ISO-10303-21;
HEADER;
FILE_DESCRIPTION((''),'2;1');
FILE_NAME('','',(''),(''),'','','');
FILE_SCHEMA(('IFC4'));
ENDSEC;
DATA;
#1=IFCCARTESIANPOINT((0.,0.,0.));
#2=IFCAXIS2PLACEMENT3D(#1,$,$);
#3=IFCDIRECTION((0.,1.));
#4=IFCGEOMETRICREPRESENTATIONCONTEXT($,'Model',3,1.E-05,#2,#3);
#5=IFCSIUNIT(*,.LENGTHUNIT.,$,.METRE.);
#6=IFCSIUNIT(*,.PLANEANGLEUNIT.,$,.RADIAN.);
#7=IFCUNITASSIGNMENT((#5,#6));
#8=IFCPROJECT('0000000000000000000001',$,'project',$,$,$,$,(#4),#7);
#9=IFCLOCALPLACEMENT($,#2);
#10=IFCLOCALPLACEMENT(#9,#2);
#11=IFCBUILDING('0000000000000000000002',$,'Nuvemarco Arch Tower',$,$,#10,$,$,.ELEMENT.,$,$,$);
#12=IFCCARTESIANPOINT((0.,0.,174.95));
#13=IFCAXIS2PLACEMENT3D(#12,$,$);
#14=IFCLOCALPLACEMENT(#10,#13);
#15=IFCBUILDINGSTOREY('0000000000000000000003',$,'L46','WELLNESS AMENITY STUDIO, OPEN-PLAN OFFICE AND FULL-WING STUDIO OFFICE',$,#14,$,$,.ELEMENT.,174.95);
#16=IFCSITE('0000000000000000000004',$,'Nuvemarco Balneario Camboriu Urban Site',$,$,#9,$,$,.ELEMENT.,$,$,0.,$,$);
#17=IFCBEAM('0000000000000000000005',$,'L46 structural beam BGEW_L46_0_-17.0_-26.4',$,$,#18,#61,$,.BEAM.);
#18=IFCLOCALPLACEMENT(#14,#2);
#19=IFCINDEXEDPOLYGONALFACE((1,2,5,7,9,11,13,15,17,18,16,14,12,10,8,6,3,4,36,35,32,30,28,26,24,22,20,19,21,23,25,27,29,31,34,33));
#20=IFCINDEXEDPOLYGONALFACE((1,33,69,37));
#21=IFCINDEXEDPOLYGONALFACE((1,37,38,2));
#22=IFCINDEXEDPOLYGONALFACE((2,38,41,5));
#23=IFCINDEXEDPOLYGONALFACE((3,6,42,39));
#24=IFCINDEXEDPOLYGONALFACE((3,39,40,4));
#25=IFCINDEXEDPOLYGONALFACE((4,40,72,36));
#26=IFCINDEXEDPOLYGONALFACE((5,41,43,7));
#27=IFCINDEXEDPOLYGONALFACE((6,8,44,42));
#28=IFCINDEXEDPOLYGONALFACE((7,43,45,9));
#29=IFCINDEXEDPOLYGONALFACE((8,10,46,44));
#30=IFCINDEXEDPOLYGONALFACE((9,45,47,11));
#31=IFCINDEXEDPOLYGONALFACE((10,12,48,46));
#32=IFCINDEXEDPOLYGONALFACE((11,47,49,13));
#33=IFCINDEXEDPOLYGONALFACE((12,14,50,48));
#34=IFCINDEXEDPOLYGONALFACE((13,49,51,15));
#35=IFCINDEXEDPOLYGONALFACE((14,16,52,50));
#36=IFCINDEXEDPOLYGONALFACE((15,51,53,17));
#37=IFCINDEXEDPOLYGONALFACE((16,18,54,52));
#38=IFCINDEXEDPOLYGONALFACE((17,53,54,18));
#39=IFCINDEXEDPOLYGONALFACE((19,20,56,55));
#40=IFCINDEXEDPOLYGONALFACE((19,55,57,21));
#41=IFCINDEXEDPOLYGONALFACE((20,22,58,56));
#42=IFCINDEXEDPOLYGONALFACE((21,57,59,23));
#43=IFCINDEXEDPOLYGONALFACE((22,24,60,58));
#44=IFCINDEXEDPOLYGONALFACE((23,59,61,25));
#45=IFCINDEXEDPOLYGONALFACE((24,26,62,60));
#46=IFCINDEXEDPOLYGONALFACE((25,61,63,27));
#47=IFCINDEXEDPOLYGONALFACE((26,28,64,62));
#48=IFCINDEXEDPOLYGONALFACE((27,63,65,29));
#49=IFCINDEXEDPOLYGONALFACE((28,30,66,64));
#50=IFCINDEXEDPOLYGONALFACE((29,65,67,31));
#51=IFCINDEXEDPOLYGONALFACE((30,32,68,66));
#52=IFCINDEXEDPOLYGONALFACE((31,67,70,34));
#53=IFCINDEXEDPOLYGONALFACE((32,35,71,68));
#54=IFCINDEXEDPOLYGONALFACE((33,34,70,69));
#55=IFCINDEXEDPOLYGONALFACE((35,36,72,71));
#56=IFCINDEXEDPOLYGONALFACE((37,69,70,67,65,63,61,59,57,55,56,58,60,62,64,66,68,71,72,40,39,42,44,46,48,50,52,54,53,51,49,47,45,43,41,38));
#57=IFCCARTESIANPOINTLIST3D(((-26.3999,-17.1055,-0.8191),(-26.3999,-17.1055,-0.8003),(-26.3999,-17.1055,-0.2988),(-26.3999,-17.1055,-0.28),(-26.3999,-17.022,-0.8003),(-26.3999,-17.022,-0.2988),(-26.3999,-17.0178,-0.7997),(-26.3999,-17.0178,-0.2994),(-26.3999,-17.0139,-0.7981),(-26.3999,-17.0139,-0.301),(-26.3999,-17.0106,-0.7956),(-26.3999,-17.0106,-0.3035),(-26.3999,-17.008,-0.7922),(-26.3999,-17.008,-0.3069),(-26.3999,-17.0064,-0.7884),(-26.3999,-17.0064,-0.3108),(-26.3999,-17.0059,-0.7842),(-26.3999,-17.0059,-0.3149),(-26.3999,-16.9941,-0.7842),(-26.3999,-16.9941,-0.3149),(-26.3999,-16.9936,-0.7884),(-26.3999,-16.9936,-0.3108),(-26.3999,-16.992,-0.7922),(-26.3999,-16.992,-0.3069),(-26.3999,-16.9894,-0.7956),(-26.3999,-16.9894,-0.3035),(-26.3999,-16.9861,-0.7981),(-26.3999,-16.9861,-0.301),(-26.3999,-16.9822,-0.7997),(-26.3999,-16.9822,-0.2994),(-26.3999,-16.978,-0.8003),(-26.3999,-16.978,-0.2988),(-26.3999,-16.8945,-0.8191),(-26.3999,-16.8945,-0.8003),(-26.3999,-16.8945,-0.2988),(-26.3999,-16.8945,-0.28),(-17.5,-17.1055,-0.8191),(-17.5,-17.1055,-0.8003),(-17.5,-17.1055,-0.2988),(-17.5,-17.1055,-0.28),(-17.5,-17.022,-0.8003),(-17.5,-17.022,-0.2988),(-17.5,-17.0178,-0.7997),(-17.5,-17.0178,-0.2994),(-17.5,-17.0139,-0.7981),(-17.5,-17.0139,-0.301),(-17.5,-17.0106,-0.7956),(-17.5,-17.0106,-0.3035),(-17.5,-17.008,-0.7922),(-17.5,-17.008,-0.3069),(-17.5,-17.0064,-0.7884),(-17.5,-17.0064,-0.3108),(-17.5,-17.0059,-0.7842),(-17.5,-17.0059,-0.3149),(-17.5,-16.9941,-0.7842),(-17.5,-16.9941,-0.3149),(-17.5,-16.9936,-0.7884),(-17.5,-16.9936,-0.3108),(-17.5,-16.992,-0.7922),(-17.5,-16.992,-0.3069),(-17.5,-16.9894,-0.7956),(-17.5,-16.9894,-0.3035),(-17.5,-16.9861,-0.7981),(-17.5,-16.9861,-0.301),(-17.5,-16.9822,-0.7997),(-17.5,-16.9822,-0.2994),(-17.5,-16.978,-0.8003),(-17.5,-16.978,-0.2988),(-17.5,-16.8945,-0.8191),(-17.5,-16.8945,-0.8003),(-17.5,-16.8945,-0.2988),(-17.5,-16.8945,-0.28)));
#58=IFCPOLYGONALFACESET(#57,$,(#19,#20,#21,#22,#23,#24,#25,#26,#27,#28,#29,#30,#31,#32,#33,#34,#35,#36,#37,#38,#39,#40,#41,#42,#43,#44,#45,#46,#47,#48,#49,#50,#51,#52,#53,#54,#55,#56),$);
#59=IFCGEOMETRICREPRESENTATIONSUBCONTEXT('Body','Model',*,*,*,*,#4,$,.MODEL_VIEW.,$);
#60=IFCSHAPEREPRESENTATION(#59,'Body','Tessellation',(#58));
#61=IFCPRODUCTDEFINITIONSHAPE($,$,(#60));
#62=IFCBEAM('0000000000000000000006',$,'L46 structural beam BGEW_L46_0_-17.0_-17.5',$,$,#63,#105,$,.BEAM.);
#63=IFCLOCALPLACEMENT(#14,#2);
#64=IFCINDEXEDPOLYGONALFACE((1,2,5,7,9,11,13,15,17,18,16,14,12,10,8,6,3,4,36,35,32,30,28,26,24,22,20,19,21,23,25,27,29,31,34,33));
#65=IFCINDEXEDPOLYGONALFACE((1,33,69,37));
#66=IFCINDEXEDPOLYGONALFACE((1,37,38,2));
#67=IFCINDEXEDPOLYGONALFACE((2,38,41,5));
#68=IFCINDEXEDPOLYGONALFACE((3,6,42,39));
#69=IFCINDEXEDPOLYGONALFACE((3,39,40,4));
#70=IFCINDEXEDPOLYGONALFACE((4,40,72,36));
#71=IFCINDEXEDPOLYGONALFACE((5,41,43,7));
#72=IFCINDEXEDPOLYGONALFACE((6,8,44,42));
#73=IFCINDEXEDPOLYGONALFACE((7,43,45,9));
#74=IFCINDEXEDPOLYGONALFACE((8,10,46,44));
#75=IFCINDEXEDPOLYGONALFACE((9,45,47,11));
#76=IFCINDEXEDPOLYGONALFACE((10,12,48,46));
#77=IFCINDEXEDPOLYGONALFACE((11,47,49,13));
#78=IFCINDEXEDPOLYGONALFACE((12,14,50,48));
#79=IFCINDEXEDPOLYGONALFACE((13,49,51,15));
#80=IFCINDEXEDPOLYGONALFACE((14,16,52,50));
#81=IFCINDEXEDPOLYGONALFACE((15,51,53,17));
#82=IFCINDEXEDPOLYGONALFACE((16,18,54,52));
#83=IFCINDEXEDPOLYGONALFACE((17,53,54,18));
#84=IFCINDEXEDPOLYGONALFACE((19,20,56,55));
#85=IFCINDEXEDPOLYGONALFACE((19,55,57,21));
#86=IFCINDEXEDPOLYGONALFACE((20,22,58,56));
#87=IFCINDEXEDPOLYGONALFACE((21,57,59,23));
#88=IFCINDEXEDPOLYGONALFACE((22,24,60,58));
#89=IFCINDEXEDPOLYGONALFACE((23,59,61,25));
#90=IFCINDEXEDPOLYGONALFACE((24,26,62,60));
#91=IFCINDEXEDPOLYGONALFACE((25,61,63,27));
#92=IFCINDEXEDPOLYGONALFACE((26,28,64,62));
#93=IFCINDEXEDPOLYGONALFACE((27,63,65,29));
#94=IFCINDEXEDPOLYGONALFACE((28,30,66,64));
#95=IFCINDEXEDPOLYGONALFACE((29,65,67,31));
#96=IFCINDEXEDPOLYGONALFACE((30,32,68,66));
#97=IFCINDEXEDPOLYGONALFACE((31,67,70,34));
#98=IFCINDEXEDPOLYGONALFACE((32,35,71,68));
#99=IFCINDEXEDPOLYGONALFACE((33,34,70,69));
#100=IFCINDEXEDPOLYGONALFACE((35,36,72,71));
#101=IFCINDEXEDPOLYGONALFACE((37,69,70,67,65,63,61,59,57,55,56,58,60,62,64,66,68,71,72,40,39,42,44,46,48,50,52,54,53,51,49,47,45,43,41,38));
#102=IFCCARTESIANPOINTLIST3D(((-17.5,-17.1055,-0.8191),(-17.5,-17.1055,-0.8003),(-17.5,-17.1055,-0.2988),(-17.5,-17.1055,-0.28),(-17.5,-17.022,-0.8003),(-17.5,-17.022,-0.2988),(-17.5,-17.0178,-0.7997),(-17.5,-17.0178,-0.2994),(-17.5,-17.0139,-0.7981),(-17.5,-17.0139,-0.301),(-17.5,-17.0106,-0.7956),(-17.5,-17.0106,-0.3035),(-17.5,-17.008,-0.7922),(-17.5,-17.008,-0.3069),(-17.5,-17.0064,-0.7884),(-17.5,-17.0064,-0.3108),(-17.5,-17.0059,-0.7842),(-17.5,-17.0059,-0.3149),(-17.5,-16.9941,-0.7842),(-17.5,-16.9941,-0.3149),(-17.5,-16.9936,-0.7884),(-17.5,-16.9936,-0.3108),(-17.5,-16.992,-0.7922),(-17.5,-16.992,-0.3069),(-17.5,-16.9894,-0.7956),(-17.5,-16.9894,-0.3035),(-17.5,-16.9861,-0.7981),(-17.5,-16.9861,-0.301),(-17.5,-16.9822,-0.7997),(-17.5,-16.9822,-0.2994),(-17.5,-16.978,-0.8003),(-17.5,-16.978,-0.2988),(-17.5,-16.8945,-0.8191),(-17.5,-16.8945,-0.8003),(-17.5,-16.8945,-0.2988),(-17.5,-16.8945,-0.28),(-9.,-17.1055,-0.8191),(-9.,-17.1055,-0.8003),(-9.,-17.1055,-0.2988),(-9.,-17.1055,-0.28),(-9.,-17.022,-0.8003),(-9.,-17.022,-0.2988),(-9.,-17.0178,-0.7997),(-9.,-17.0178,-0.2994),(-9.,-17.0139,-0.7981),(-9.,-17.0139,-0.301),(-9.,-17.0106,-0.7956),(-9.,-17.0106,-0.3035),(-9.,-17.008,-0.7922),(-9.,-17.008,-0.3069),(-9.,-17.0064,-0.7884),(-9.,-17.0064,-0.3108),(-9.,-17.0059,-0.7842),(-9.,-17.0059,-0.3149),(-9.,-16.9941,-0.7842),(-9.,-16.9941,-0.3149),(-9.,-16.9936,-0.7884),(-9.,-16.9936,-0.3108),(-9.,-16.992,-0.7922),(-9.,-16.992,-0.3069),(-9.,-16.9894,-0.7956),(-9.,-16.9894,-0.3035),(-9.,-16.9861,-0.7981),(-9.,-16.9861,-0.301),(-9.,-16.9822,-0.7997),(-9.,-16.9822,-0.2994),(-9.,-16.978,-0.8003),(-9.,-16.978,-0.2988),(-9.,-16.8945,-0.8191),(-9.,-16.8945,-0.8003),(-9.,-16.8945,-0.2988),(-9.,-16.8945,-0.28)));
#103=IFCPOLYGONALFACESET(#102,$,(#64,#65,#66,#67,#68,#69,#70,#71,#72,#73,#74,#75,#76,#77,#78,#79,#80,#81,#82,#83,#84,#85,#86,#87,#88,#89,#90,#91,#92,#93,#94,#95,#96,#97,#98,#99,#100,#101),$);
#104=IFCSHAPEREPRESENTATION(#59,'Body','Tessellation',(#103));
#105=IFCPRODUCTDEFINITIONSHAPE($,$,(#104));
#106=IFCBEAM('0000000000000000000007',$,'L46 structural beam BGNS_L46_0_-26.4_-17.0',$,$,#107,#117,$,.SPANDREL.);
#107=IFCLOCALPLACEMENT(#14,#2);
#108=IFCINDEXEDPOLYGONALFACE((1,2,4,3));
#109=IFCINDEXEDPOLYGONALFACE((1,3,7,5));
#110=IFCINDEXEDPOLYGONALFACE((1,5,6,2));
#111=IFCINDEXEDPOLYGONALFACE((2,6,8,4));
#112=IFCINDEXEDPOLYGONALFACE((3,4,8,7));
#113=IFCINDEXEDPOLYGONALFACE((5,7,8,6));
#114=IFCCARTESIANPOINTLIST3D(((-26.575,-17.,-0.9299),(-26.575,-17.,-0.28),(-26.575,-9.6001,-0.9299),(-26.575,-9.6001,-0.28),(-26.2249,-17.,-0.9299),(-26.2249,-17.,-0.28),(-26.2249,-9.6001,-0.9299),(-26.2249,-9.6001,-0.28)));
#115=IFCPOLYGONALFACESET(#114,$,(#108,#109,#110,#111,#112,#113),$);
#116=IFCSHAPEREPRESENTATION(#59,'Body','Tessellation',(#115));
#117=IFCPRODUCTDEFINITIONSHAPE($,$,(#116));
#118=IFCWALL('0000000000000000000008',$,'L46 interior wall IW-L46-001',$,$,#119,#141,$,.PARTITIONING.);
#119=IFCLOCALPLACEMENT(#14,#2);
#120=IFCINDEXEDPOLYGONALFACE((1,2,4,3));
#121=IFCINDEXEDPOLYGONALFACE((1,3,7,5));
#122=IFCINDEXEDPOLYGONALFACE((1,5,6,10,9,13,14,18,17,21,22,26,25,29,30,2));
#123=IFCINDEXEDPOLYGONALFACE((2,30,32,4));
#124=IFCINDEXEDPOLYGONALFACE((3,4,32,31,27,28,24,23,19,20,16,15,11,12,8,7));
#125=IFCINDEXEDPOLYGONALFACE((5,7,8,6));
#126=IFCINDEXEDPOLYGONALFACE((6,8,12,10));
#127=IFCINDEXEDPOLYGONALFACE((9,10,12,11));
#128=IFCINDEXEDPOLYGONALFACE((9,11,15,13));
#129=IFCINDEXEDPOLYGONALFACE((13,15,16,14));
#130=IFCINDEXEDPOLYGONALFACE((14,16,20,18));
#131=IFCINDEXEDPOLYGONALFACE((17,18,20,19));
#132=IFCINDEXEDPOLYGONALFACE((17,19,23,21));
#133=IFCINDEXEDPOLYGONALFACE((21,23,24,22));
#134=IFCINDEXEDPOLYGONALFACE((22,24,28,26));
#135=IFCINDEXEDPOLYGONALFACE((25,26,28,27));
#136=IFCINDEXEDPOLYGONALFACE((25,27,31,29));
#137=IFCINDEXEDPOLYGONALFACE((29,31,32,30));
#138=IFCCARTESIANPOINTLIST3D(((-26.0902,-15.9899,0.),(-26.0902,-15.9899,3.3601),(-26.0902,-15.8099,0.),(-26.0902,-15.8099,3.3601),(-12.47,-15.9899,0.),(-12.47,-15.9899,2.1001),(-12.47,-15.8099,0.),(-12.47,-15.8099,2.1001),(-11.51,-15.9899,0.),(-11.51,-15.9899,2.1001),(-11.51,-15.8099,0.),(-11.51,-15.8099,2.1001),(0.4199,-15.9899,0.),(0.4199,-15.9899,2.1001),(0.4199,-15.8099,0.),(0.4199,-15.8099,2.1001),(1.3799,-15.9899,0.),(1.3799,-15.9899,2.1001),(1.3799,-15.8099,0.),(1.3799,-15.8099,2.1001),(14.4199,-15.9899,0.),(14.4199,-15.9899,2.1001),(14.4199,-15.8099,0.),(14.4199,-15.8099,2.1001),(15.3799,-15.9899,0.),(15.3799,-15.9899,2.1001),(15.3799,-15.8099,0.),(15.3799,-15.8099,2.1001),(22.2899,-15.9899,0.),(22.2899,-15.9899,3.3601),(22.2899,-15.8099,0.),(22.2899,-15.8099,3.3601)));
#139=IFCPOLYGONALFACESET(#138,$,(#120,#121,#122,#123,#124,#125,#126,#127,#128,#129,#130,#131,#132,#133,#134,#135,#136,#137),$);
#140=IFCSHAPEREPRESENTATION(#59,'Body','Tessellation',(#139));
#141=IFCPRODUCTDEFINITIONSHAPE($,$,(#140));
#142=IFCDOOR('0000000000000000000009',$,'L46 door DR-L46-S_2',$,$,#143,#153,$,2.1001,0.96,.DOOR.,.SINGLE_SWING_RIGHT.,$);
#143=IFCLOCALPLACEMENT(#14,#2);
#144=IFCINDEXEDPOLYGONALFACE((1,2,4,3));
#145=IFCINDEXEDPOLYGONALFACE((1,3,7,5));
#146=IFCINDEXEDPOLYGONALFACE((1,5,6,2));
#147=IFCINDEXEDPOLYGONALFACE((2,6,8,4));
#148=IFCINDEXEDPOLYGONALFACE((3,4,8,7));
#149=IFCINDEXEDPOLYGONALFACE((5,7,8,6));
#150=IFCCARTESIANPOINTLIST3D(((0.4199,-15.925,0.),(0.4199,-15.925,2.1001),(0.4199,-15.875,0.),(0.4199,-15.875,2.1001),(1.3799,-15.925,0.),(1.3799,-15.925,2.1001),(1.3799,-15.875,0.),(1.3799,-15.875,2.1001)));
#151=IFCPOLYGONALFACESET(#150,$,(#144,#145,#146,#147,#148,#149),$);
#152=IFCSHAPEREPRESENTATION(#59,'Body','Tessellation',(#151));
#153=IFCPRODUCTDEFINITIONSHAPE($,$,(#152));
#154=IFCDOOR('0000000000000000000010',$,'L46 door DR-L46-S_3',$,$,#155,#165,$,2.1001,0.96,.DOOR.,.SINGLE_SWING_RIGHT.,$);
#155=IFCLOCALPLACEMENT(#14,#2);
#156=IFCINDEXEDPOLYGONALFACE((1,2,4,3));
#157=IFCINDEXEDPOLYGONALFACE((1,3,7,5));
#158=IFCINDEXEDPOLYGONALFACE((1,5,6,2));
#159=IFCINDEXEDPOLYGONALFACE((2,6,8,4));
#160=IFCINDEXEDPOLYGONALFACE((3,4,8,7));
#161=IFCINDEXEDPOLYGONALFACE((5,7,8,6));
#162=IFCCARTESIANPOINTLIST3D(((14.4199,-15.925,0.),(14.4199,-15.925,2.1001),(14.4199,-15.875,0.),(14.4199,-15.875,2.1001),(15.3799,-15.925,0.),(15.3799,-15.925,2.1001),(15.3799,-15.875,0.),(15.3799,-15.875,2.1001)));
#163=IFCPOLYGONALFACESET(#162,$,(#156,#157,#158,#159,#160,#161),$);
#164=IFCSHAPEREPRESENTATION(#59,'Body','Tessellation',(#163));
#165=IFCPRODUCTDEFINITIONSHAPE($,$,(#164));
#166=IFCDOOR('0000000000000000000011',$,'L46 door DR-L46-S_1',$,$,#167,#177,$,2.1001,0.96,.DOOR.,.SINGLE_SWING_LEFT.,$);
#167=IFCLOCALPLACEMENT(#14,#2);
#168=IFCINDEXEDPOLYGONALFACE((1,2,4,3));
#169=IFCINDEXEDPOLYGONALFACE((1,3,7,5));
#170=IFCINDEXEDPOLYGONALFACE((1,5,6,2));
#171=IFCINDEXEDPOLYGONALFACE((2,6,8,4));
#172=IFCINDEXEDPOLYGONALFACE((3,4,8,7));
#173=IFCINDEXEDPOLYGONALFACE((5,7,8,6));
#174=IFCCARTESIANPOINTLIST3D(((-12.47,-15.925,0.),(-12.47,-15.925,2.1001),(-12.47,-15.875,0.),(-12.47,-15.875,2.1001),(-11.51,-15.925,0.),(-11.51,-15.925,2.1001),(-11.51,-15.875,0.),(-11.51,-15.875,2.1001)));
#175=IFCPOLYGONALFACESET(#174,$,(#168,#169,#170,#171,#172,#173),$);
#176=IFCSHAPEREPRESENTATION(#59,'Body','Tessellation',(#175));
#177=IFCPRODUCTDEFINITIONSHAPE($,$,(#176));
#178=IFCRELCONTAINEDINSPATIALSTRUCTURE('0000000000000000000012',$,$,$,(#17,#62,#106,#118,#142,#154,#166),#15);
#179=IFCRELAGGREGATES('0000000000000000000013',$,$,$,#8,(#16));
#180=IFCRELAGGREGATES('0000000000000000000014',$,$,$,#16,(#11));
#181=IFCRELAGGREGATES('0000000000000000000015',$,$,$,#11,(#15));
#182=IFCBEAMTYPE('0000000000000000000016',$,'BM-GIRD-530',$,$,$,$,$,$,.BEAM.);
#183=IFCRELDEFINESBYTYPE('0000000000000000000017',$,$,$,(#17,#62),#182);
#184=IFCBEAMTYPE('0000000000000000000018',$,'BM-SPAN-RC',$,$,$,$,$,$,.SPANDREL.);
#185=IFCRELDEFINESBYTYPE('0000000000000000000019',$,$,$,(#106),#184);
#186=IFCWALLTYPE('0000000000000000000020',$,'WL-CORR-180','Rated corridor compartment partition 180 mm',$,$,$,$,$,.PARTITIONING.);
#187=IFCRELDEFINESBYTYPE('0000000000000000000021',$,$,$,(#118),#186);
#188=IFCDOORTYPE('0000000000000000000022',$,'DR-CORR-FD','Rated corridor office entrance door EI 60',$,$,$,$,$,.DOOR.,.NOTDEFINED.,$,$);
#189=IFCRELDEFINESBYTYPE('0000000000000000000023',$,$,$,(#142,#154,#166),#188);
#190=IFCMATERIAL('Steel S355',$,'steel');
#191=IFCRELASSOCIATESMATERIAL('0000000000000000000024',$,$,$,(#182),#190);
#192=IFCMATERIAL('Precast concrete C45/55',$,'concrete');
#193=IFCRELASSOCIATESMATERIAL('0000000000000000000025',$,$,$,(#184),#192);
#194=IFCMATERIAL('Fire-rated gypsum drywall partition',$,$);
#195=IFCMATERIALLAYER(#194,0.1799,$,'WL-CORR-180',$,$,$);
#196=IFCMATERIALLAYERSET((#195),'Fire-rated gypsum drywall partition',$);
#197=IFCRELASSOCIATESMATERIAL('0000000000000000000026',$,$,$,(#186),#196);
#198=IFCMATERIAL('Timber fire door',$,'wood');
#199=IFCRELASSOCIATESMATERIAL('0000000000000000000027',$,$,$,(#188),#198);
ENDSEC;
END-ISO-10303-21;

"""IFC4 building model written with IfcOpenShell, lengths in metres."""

from ifc_helpers import new_model, si_unit, direction, frame, frame_2d, origin, origin_2d, place, context, subcontext, project, spatial, rectangle, i_section, extrude, source, transform, mapped, material, layer, layer_set, material_profile, profile_set, type_object, type_shapes, element, fill, save


model = new_model("IFC4")

# Units and contexts
model_context = context("Model", 3, precision=1e-05, world=origin(), true_north=direction((0.0, 1.0)))
body_context = subcontext(model_context, "Body", "Model", "MODEL_VIEW")
ifc_project = project(units=[si_unit("LENGTHUNIT", "METRE"), si_unit("PLANEANGLEUNIT", "RADIAN")], contexts=[model_context])

# Site, building, storey
site_placement = place(None, origin())
site = spatial("IfcSite", under=ifc_project, at=site_placement, Name="Nuvemarco Balneario Camboriu Urban Site", CompositionType="ELEMENT", RefElevation=0.0)
building_placement = place(site_placement, origin())
building = spatial("IfcBuilding", under=site, at=building_placement, Name="Nuvemarco Arch Tower", CompositionType="ELEMENT")
storey_placement = place(building_placement, frame((0.0, 0.0, 174.95)))
storey = spatial("IfcBuildingStorey", under=building, at=storey_placement, Name="L46", Description="WELLNESS AMENITY STUDIO, OPEN-PLAN OFFICE AND FULL-WING STUDIO OFFICE", CompositionType="ELEMENT", Elevation=174.95)

# Shared definitions
ifc_material_1 = material(Name="Steel S355", Category="steel")

# Beams
ifc_material_profile_1 = material_profile(ifc_material_1, i_section(OverallWidth=0.2109, OverallDepth=0.5391, WebThickness=0.0117, FlangeThickness=0.0188, FilletRadius=0.0161, at=origin_2d()), Name="W530x109")
ifc_profile_set_1 = profile_set([ifc_material_profile_1], Name="Steel S355")
beam_type_1 = type_object("IfcBeamType", Name="BM-GIRD-530", PredefinedType="BEAM", material=ifc_profile_set_1)
beam_1_placement = place(storey_placement, frame((-26.3999, -17.0, -0.5496), z_axis=(1.0, 0.0, 0.0), x_axis=(0.0, 1.0, 0.0)))
element("IfcBeam", 1, at=beam_1_placement, inside=storey, type_object=beam_type_1, Name="L46 structural beam BGEW_L46_0_-17.0_-26.4", PredefinedType="BEAM", context=body_context, shape_type="SweptSolid", body=[
    extrude(i_section(OverallWidth=0.2109, OverallDepth=0.5391, WebThickness=0.0117, FlangeThickness=0.0188, FilletRadius=0.0161, at=origin_2d()), origin(), (0.0, 0.0, 1.0), 8.8999),
])
beam_2_placement = place(storey_placement, frame((-17.5, -17.0, -0.5496), z_axis=(1.0, 0.0, 0.0), x_axis=(0.0, 1.0, 0.0)))
element("IfcBeam", 2, at=beam_2_placement, inside=storey, type_object=beam_type_1, Name="L46 structural beam BGEW_L46_0_-17.0_-17.5", PredefinedType="BEAM", context=body_context, shape_type="SweptSolid", body=[
    extrude(i_section(OverallWidth=0.2109, OverallDepth=0.5391, WebThickness=0.0117, FlangeThickness=0.0188, FilletRadius=0.0161, at=origin_2d()), origin(), (0.0, 0.0, 1.0), 8.5),
])
ifc_material_2 = material(Name="Precast concrete C45/55", Category="concrete")
ifc_material_profile_2 = material_profile(ifc_material_2, rectangle(XDim=0.3501, YDim=0.6499, at=origin_2d()), Name="PC-SP-350x650")
ifc_profile_set_2 = profile_set([ifc_material_profile_2], Name="Precast concrete C45/55")
beam_type_2 = type_object("IfcBeamType", Name="BM-SPAN-RC", PredefinedType="SPANDREL", material=ifc_profile_set_2)
beam_3_placement = place(storey_placement, frame((-26.3999, -17.0, -0.605), z_axis=(0.0, 1.0, 0.0), x_axis=(-1.0, 0.0, 0.0)))
element("IfcBeam", 3, at=beam_3_placement, inside=storey, type_object=beam_type_2, Name="L46 structural beam BGNS_L46_0_-26.4_-17.0", PredefinedType="SPANDREL", context=body_context, shape_type="SweptSolid", body=[
    extrude(rectangle(XDim=0.3501, YDim=0.6499, at=origin_2d()), origin(), (0.0, 0.0, 1.0), 7.3999),
])

# Wall, openings, doors
ifc_material_3 = material(Name="Fire-rated gypsum drywall partition")
ifc_layer = layer(ifc_material_3, 0.1799, Name="WL-CORR-180")
ifc_layer_set = layer_set([ifc_layer], Name="Fire-rated gypsum drywall partition")
wall_type = type_object("IfcWallType", Name="WL-CORR-180", Description="Rated corridor compartment partition 180 mm", PredefinedType="PARTITIONING", material=ifc_layer_set)
wall_1_placement = place(storey_placement, frame((-26.0901, -15.8999, 0.0), z_axis=(0.0, 0.0, 1.0), x_axis=(1.0, 0.0, 0.0)))
wall_1 = element("IfcWall", 4, at=wall_1_placement, inside=storey, type_object=wall_type, Name="L46 interior wall IW-L46-001", PredefinedType="PARTITIONING", context=body_context, shape_type="SweptSolid", body=[
    extrude(rectangle(XDim=48.3801, YDim=0.1799, at=frame_2d((24.1899, 0.0))), origin(), (0.0, 0.0, 1.0), 3.3601),
])
opening_1_placement = place(wall_1_placement, frame((26.51, 0.0, 0.0)))
opening_1 = element("IfcOpeningElement", 5, at=opening_1_placement, cuts=wall_1, PredefinedType="OPENING", context=body_context, shape_type="SweptSolid", body=[
    extrude(rectangle(XDim=0.96, YDim=2.1001, at=frame_2d((0.48, 1.05))), frame((0.0, 0.0999, 0.0), z_axis=(0.0, -1.0, 0.0), x_axis=(1.0, 0.0, 0.0)), (0.0, 0.0, 1.0), 0.2),
])
opening_2_placement = place(wall_1_placement, frame((40.51, 0.0, 0.0)))
opening_2 = element("IfcOpeningElement", 6, at=opening_2_placement, cuts=wall_1, PredefinedType="OPENING", context=body_context, shape_type="SweptSolid", body=[
    extrude(rectangle(XDim=0.96, YDim=2.1001, at=frame_2d((0.48, 1.05))), frame((0.0, 0.0999, 0.0), z_axis=(0.0, -1.0, 0.0), x_axis=(1.0, 0.0, 0.0)), (0.0, 0.0, 1.0), 0.2),
])
opening_3_placement = place(wall_1_placement, frame((13.6201, 0.0, 0.0)))
opening_3 = element("IfcOpeningElement", 7, at=opening_3_placement, cuts=wall_1, PredefinedType="OPENING", context=body_context, shape_type="SweptSolid", body=[
    extrude(rectangle(XDim=0.96, YDim=2.1001, at=frame_2d((0.48, 1.05))), frame((0.0, 0.0999, 0.0), z_axis=(0.0, -1.0, 0.0), x_axis=(1.0, 0.0, 0.0)), (0.0, 0.0, 1.0), 0.2),
])
ifc_material_4 = material(Name="Timber fire door", Category="wood")
door_type = type_object("IfcDoorType", Name="DR-CORR-FD", Description="Rated corridor office entrance door EI 60", OperationType="NOTDEFINED", PredefinedType="DOOR", material=ifc_material_4)
shared_shape = source(origin(), body_context, "Body", "SweptSolid", [
    extrude(rectangle(XDim=0.96, YDim=2.1001, at=frame_2d((0.48, 1.05))), frame((0.0, 0.0249, 0.0), z_axis=(0.0, -1.0, 0.0), x_axis=(1.0, 0.0, 0.0)), (0.0, 0.0, 1.0), 0.05),
])
type_shapes(door_type, [shared_shape])
door_1_placement = place(opening_1_placement, origin())
door_1 = element("IfcDoor", 8, at=door_1_placement, inside=storey, type_object=door_type, Name="L46 door DR-L46-S_2", OperationType="SINGLE_SWING_RIGHT", OverallHeight=2.1001, OverallWidth=0.96, PredefinedType="DOOR", context=body_context, shape_type="MappedRepresentation", body=[
    mapped(shared_shape, transform((0.0, 0.0, 0.0), scale=1.0)),
])
fill(opening_1, door_1)
door_2_placement = place(opening_2_placement, origin())
door_2 = element("IfcDoor", 9, at=door_2_placement, inside=storey, type_object=door_type, Name="L46 door DR-L46-S_3", OperationType="SINGLE_SWING_RIGHT", OverallHeight=2.1001, OverallWidth=0.96, PredefinedType="DOOR", context=body_context, shape_type="MappedRepresentation", body=[
    mapped(shared_shape, transform((0.0, 0.0, 0.0), scale=1.0)),
])
fill(opening_2, door_2)
door_3_placement = place(opening_3_placement, origin())
door_3 = element("IfcDoor", 10, at=door_3_placement, inside=storey, type_object=door_type, Name="L46 door DR-L46-S_1", OperationType="SINGLE_SWING_LEFT", OverallHeight=2.1001, OverallWidth=0.96, PredefinedType="DOOR", context=body_context, shape_type="MappedRepresentation", body=[
    mapped(shared_shape, transform((0.0, 0.0, 0.0), scale=1.0)),
])
fill(opening_3, door_3)

save(model, "model.ifc")
